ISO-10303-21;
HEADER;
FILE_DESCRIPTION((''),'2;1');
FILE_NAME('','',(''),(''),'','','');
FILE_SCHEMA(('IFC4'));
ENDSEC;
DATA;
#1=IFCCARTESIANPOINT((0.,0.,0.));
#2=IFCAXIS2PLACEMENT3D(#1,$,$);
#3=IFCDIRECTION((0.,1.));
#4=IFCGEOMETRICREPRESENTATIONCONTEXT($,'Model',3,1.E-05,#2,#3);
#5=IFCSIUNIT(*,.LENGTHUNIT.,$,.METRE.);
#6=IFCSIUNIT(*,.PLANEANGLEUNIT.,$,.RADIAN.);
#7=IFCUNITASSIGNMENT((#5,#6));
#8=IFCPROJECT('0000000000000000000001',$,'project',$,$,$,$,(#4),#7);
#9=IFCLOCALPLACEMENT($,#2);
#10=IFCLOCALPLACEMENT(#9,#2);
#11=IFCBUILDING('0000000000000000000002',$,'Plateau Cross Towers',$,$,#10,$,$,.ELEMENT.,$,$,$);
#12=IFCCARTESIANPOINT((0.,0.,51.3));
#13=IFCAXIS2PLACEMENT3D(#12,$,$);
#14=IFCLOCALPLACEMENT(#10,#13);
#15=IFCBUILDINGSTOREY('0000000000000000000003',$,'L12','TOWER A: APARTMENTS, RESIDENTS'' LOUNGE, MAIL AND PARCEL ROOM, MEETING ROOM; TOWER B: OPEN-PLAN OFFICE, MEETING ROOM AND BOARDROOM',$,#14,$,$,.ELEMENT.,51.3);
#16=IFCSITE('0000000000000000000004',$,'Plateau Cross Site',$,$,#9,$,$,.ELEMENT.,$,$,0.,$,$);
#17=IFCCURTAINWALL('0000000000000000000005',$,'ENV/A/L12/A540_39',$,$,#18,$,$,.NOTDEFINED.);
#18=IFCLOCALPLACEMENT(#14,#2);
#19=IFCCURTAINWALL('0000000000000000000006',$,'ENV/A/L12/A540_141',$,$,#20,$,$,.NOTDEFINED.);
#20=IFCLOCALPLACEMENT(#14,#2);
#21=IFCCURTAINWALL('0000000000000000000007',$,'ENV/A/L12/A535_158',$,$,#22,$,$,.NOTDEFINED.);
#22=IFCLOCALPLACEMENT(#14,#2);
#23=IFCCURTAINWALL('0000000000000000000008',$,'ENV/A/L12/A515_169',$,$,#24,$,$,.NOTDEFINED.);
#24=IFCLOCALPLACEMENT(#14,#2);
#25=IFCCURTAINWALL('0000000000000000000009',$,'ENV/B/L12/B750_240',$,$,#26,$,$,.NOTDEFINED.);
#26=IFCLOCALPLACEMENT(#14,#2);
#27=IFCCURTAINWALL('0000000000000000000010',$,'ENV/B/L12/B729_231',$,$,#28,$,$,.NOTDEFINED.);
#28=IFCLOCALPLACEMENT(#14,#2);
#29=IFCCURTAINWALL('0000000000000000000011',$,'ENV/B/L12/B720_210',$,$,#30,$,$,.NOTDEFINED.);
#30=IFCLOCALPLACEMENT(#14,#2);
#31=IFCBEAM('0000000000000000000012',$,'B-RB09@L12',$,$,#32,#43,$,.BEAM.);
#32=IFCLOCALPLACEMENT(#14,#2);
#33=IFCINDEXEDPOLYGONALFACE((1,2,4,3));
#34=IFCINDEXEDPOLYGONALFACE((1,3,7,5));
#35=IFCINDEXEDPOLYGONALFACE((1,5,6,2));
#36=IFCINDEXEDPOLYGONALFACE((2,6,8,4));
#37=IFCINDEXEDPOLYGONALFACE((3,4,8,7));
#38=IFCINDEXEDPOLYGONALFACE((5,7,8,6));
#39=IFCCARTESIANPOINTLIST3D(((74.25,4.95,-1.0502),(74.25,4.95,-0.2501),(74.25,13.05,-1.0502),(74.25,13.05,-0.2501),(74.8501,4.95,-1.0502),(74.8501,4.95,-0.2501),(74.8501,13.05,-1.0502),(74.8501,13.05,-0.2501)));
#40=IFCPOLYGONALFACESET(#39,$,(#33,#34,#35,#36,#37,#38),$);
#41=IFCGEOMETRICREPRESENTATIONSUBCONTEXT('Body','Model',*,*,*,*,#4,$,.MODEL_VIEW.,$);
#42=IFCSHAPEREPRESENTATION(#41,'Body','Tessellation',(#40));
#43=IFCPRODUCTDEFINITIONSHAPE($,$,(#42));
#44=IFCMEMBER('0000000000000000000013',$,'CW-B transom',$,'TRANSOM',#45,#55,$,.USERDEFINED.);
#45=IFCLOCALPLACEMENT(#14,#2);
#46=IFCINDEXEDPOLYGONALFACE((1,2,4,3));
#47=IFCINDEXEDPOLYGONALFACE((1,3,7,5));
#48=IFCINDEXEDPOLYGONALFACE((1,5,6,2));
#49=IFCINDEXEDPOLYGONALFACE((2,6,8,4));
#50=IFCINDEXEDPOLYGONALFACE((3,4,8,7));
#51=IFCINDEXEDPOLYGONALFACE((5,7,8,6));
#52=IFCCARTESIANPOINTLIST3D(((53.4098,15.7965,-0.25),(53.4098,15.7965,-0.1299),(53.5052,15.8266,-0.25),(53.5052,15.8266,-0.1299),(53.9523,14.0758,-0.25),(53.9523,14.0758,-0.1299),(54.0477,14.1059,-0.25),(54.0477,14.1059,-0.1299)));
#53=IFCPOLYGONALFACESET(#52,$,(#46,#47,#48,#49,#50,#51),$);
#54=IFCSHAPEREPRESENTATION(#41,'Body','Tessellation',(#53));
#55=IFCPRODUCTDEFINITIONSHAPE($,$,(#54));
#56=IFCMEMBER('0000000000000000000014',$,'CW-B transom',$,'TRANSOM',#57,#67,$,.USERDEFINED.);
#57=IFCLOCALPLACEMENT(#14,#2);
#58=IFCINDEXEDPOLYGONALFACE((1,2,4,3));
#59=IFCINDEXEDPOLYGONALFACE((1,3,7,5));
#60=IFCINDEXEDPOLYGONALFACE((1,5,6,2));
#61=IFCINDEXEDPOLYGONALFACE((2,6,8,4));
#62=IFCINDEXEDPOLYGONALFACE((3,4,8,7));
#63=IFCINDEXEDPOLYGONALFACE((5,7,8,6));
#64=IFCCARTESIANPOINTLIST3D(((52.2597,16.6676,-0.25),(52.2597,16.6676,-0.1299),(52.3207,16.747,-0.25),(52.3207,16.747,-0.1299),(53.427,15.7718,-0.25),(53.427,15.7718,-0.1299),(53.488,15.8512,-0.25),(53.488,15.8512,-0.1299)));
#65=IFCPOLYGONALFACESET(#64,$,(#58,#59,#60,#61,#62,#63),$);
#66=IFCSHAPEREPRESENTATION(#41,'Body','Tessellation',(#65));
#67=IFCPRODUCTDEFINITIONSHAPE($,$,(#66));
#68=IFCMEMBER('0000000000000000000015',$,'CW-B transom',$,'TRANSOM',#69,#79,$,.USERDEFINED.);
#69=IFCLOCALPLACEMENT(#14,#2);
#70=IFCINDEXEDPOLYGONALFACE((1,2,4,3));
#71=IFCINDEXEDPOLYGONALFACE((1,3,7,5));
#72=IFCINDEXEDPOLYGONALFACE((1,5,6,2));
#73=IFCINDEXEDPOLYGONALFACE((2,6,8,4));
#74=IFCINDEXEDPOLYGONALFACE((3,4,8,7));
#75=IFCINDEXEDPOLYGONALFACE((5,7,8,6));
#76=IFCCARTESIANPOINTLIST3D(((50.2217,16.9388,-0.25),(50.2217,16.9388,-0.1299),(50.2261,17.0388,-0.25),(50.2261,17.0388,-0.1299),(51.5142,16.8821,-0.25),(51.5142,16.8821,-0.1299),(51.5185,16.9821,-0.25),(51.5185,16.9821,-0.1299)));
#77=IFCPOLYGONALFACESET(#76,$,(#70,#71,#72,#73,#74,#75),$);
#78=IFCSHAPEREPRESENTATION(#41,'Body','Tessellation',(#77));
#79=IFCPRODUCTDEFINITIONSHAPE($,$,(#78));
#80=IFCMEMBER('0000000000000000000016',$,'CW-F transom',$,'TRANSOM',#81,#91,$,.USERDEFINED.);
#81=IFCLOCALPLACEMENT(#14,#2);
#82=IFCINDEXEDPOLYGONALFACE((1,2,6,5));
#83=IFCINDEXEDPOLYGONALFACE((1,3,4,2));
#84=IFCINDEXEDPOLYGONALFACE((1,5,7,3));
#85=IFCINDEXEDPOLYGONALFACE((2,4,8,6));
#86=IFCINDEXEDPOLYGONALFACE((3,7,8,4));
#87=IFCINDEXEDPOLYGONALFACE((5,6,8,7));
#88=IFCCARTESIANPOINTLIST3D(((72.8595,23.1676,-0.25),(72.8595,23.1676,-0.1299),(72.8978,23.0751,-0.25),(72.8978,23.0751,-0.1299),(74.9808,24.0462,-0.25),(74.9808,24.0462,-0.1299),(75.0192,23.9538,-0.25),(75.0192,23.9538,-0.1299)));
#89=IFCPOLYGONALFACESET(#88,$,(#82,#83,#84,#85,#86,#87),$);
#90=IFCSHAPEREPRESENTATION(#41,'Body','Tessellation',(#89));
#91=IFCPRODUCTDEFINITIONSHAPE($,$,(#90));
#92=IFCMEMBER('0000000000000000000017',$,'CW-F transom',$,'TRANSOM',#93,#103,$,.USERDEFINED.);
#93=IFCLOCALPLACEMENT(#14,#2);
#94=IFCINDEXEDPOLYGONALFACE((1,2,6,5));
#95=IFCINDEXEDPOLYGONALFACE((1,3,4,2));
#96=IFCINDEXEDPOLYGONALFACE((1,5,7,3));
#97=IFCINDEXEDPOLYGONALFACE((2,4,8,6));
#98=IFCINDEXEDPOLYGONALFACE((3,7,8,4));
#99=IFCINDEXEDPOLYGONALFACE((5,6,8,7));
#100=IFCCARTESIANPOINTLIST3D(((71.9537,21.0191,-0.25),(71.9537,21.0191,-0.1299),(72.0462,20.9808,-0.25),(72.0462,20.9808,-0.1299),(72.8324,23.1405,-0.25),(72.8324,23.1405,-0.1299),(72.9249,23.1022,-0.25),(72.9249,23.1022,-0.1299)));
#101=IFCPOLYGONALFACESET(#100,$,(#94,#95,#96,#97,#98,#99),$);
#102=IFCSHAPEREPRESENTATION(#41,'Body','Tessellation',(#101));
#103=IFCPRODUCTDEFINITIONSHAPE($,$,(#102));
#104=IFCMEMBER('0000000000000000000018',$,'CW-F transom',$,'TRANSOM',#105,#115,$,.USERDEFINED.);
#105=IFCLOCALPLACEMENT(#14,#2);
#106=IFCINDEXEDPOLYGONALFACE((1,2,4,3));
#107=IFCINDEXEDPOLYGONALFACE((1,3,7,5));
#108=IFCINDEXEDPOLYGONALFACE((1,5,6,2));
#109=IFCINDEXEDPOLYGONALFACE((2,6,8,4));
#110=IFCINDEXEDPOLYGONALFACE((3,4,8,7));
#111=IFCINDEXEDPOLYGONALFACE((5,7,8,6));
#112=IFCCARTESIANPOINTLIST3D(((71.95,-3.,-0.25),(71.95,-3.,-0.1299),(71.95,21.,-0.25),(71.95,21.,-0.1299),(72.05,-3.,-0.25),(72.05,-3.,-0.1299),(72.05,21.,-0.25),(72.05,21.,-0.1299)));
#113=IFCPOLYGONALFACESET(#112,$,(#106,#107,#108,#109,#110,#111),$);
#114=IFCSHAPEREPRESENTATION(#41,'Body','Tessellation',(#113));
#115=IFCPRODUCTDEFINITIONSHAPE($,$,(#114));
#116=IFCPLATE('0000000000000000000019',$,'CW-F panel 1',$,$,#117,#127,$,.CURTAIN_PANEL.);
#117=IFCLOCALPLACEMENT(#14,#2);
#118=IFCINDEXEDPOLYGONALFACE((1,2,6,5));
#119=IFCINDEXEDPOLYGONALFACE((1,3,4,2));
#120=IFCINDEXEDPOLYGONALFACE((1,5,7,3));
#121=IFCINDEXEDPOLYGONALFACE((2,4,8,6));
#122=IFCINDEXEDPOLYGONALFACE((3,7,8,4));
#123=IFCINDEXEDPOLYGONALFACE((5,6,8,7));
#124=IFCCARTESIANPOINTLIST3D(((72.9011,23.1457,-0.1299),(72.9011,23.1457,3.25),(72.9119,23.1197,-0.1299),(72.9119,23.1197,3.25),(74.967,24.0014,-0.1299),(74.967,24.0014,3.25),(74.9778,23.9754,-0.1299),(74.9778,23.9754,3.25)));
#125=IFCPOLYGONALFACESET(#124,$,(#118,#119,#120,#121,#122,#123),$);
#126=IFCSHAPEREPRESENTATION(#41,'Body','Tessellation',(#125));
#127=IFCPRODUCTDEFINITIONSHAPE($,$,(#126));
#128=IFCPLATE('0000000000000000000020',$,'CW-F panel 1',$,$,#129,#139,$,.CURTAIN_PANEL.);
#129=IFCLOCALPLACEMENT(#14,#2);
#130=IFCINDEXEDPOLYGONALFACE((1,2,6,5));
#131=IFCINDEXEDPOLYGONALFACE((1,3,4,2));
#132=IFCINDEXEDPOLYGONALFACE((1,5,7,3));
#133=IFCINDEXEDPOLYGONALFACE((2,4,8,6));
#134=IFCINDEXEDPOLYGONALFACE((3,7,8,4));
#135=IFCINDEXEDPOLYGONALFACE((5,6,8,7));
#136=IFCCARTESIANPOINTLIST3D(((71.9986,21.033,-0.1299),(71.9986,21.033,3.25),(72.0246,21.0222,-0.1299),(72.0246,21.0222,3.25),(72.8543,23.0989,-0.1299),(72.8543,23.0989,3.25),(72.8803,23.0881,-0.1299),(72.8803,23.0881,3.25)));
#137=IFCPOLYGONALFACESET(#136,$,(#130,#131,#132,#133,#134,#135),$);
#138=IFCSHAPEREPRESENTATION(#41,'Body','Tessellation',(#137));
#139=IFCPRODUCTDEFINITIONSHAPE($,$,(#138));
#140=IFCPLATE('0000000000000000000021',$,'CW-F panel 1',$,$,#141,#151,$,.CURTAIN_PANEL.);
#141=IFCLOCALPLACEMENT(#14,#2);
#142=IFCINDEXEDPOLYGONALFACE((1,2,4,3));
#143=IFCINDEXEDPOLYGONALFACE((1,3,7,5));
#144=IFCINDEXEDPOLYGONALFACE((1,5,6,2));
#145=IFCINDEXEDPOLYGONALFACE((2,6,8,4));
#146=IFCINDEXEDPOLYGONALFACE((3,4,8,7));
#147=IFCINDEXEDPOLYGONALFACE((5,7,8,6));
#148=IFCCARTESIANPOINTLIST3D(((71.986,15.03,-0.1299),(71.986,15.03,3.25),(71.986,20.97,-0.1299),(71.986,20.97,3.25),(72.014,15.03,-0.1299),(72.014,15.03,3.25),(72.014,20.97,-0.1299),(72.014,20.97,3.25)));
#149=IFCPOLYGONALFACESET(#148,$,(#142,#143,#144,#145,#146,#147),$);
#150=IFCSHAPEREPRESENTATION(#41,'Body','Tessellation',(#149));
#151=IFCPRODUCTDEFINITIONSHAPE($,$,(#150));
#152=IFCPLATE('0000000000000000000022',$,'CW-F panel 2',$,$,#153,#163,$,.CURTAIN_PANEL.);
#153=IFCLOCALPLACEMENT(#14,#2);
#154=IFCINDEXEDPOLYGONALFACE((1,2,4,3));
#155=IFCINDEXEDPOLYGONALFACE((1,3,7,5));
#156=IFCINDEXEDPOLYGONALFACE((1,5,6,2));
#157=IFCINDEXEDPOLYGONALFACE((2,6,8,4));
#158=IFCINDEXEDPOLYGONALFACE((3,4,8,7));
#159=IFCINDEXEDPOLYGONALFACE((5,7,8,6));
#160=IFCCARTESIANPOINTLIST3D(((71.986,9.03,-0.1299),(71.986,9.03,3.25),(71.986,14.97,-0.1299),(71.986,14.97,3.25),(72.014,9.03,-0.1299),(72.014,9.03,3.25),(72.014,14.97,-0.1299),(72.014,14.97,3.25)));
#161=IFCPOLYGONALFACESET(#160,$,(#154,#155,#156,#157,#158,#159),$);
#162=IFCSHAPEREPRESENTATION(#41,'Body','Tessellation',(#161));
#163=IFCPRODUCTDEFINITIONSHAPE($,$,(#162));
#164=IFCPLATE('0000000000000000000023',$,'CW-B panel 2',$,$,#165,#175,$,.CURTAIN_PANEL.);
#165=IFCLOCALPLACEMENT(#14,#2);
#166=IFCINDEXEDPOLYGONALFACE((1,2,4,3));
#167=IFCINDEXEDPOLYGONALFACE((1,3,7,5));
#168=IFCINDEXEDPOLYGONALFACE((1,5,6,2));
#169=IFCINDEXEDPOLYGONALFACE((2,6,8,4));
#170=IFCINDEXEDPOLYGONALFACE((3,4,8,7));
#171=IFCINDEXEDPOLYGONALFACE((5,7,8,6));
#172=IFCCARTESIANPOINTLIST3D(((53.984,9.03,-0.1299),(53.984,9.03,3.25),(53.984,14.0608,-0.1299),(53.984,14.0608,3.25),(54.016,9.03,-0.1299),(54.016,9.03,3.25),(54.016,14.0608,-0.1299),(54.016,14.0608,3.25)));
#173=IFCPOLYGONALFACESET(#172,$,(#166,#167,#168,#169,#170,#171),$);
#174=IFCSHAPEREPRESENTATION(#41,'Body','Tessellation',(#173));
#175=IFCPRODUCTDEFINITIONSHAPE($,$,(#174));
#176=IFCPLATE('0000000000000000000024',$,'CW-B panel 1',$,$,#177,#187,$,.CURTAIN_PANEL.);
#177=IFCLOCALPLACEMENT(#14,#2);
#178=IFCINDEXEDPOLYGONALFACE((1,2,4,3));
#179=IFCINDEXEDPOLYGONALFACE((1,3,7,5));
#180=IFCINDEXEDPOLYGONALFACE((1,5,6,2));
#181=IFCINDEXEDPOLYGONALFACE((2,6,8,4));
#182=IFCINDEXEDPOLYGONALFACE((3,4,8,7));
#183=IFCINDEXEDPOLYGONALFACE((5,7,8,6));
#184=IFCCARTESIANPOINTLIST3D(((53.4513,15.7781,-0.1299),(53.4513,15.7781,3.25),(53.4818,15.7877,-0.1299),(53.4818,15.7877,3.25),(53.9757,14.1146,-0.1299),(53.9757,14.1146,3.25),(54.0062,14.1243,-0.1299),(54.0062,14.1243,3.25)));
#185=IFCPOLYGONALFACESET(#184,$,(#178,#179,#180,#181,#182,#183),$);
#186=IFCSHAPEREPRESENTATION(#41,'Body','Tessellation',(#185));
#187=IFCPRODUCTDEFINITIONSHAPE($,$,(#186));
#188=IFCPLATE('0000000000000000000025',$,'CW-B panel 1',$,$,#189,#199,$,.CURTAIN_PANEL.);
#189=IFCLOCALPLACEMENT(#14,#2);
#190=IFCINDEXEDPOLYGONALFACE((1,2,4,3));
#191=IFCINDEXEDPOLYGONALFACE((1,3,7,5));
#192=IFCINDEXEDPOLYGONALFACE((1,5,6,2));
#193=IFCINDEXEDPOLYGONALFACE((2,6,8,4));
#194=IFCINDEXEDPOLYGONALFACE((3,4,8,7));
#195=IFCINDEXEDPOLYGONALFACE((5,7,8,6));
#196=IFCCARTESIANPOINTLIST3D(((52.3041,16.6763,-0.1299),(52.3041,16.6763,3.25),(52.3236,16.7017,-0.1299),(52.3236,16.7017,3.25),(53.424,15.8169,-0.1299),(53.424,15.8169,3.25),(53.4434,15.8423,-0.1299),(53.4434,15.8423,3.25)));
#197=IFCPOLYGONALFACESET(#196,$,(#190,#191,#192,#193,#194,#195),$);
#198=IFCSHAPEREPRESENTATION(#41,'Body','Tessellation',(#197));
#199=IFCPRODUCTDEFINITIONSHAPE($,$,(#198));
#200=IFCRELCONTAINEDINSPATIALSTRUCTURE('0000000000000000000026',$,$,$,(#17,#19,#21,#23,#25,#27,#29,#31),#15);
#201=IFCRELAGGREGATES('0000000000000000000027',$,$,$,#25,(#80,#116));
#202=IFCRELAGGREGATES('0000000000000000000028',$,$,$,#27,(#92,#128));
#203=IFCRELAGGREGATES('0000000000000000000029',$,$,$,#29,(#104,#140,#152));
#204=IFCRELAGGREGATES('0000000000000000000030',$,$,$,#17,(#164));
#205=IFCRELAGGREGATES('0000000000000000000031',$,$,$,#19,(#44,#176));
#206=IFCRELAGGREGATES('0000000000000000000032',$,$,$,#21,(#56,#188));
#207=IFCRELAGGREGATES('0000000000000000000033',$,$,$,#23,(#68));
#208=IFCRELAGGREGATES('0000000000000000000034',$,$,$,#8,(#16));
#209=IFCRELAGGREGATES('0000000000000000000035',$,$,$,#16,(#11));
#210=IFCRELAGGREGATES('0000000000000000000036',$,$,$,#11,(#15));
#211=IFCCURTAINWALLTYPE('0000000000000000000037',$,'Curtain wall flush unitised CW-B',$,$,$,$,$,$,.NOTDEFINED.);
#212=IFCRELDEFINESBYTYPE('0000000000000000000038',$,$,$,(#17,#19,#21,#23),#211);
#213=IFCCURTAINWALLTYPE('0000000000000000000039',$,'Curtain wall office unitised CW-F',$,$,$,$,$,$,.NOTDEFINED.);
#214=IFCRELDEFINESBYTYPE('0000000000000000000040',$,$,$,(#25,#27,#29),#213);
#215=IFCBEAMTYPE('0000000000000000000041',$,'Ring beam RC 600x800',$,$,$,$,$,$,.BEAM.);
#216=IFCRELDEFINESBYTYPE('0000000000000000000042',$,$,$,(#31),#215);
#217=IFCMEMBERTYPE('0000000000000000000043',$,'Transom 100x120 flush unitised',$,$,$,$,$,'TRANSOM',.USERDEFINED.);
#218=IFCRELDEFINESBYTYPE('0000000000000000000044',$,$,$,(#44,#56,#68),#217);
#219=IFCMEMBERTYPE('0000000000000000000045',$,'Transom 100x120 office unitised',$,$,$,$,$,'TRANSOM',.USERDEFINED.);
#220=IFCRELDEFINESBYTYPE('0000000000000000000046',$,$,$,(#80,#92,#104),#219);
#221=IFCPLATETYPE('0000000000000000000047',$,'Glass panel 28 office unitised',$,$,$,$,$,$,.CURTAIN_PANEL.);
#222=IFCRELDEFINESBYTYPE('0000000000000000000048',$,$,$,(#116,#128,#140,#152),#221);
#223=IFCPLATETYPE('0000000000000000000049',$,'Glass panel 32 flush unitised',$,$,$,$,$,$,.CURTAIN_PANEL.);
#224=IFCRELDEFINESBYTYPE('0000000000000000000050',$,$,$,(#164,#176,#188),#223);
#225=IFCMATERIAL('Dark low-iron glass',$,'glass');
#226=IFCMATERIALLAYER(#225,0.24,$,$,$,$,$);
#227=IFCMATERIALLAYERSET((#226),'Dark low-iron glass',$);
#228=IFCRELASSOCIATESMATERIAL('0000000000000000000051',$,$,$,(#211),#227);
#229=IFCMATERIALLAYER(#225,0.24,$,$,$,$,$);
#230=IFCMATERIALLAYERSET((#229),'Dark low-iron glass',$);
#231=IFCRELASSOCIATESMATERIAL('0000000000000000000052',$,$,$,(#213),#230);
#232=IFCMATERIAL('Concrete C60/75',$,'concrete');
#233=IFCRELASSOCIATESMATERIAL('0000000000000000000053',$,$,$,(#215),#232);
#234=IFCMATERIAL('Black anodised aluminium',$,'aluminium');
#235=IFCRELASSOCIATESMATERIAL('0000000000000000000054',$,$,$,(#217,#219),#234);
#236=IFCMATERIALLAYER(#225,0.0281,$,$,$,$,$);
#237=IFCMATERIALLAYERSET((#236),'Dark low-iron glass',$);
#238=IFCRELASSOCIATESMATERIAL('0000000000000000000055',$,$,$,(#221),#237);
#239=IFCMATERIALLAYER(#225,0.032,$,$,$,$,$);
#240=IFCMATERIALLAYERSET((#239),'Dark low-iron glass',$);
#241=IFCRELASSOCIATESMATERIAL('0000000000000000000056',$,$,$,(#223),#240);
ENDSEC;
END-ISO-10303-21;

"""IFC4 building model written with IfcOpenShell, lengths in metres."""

from ifc_helpers import new_model, si_unit, direction, frame, origin, origin_2d, place, context, subcontext, project, spatial, rectangle, extrude, material, layer, layer_set, material_profile, profile_set, type_object, element, aggregate, save


model = new_model("IFC4")

# Units and contexts
model_context = context("Model", 3, precision=1e-05, world=origin(), true_north=direction((0.0, 1.0)))
body_context = subcontext(model_context, "Body", "Model", "MODEL_VIEW")
ifc_project = project(units=[si_unit("LENGTHUNIT", "METRE"), si_unit("PLANEANGLEUNIT", "RADIAN")], contexts=[model_context])

# Site, building, storey
site_placement = place(None, origin())
site = spatial("IfcSite", under=ifc_project, at=site_placement, Name="Plateau Cross Site", CompositionType="ELEMENT", RefElevation=0.0)
building_placement = place(site_placement, origin())
building = spatial("IfcBuilding", under=site, at=building_placement, Name="Plateau Cross Towers", CompositionType="ELEMENT")
storey_placement = place(building_placement, frame((0.0, 0.0, 51.3)))
storey = spatial("IfcBuildingStorey", under=building, at=storey_placement, Name="L12", Description="TOWER A: APARTMENTS, RESIDENTS' LOUNGE, MAIL AND PARCEL ROOM, MEETING ROOM; TOWER B: OPEN-PLAN OFFICE, MEETING ROOM AND BOARDROOM", CompositionType="ELEMENT", Elevation=51.3)

# Shared definitions
ifc_material_1 = material(Name="Concrete C60/75", Category="concrete")

# Curtain walls
ifc_material_2 = material(Name="Dark low-iron glass", Category="glass")
ifc_layer_1 = layer(ifc_material_2, 0.24)
ifc_layer_set_1 = layer_set([ifc_layer_1], Name="Dark low-iron glass")
curtain_wall_type_1 = type_object("IfcCurtainWallType", Name="Curtain wall flush unitised CW-B", PredefinedType="NOTDEFINED", material=ifc_layer_set_1)
curtain_wall_1_placement = place(storey_placement, origin())
curtain_wall_1 = element("IfcCurtainWall", 1, at=curtain_wall_1_placement, inside=storey, type_object=curtain_wall_type_1, Name="ENV/A/L12/A540_39", PredefinedType="NOTDEFINED")
ifc_material_3 = material(Name="Black anodised aluminium", Category="aluminium")
curtain_wall_2_placement = place(storey_placement, origin())
curtain_wall_2 = element("IfcCurtainWall", 2, at=curtain_wall_2_placement, inside=storey, type_object=curtain_wall_type_1, Name="ENV/A/L12/A540_141", PredefinedType="NOTDEFINED")

# Curtain wall
curtain_wall_3_placement = place(storey_placement, origin())
curtain_wall_3 = element("IfcCurtainWall", 3, at=curtain_wall_3_placement, inside=storey, type_object=curtain_wall_type_1, Name="ENV/A/L12/A535_158", PredefinedType="NOTDEFINED")

# Curtain walls
curtain_wall_4_placement = place(storey_placement, origin())
curtain_wall_4 = element("IfcCurtainWall", 4, at=curtain_wall_4_placement, inside=storey, type_object=curtain_wall_type_1, Name="ENV/A/L12/A515_169", PredefinedType="NOTDEFINED")
ifc_layer_2 = layer(ifc_material_2, 0.24)
ifc_layer_set_2 = layer_set([ifc_layer_2], Name="Dark low-iron glass")
curtain_wall_type_2 = type_object("IfcCurtainWallType", Name="Curtain wall office unitised CW-F", PredefinedType="NOTDEFINED", material=ifc_layer_set_2)
curtain_wall_5_placement = place(storey_placement, origin())
curtain_wall_5 = element("IfcCurtainWall", 5, at=curtain_wall_5_placement, inside=storey, type_object=curtain_wall_type_2, Name="ENV/B/L12/B750_240", PredefinedType="NOTDEFINED")
curtain_wall_6_placement = place(storey_placement, origin())
curtain_wall_6 = element("IfcCurtainWall", 6, at=curtain_wall_6_placement, inside=storey, type_object=curtain_wall_type_2, Name="ENV/B/L12/B729_231", PredefinedType="NOTDEFINED")

# Curtain wall
curtain_wall_7_placement = place(storey_placement, origin())
curtain_wall_7 = element("IfcCurtainWall", 7, at=curtain_wall_7_placement, inside=storey, type_object=curtain_wall_type_2, Name="ENV/B/L12/B720_210", PredefinedType="NOTDEFINED")

# Beam
ifc_material_profile_1 = material_profile(ifc_material_1, rectangle(XDim=0.6001, YDim=0.8, at=origin_2d()), Name="RC 600x800")
ifc_profile_set_1 = profile_set([ifc_material_profile_1], Name="Concrete C60/75")
beam_type = type_object("IfcBeamType", Name="Ring beam RC 600x800", PredefinedType="BEAM", material=ifc_profile_set_1)
for number, where, z_axis, x_axis, name in (
    (8, (74.55, 13.05, -0.6501), (0.0, -1.0, 0.0), (1.0, 0.0, 0.0), "B-RB09@L12"),
):
    element("IfcBeam", number, at=place(storey_placement, frame(where, z_axis=z_axis, x_axis=x_axis)), inside=storey, type_object=beam_type, Name=name, PredefinedType="BEAM", context=body_context, shape_type="SweptSolid", body=[
        extrude(rectangle(XDim=0.6001, YDim=0.8, at=origin_2d()), origin(), (0.0, 0.0, 1.0), 8.1001),
    ])

# Members
ifc_material_profile_2 = material_profile(ifc_material_3, rectangle(XDim=0.1001, YDim=0.1201, at=origin_2d()), Name="TRANSOM 100x120")
ifc_profile_set_2 = profile_set([ifc_material_profile_2], Name="Black anodised aluminium")
member_type_1 = type_object("IfcMemberType", Name="Transom 100x120 flush unitised", ElementType="TRANSOM", PredefinedType="USERDEFINED", material=ifc_profile_set_2)
member_1_placement = place(storey_placement, frame((54.0, 14.0908, -0.1899), z_axis=(-0.300678, 0.953726, 0.0), x_axis=(-0.953726, -0.300678, 0.0)))
member_1 = element("IfcMember", 9, at=member_1_placement, type_object=member_type_1, Name="CW-B transom", ObjectType="TRANSOM", PredefinedType="USERDEFINED", context=body_context, shape_type="SweptSolid", body=[
    extrude(rectangle(XDim=0.1001, YDim=0.1201, at=origin_2d()), origin(), (0.0, 0.0, 1.0), 1.8042),
])
member_2_placement = place(storey_placement, frame((53.4575, 15.8115, -0.1899), z_axis=(-0.793321, 0.608804, 0.0), x_axis=(-0.608804, -0.793321, 0.0)))
member_2 = element("IfcMember", 10, at=member_2_placement, type_object=member_type_1, Name="CW-B transom", ObjectType="TRANSOM", PredefinedType="USERDEFINED", context=body_context, shape_type="SweptSolid", body=[
    extrude(rectangle(XDim=0.1001, YDim=0.1201, at=origin_2d()), origin(), (0.0, 0.0, 1.0), 1.4714),
])
member_3_placement = place(storey_placement, frame((51.5164, 16.9321, -0.1899), z_axis=(-0.999041, 0.043781, 0.0), x_axis=(-0.043781, -0.999041, 0.0)))
member_3 = element("IfcMember", 11, at=member_3_placement, type_object=member_type_1, Name="CW-B transom", ObjectType="TRANSOM", PredefinedType="USERDEFINED", context=body_context, shape_type="SweptSolid", body=[
    extrude(rectangle(XDim=0.1001, YDim=0.1201, at=origin_2d()), origin(), (0.0, 0.0, 1.0), 1.2937),
])
ifc_material_profile_3 = material_profile(ifc_material_3, rectangle(XDim=0.1001, YDim=0.1201, at=origin_2d()), Name="TRANSOM 100x120")
ifc_profile_set_3 = profile_set([ifc_material_profile_3], Name="Black anodised aluminium")
member_type_2 = type_object("IfcMemberType", Name="Transom 100x120 office unitised", ElementType="TRANSOM", PredefinedType="USERDEFINED", material=ifc_profile_set_3)
member_4_placement = place(storey_placement, frame((75.0, 24.0, -0.1899), z_axis=(-0.923883, -0.382674, 0.0), x_axis=(0.382674, -0.923883, 0.0)))
member_4 = element("IfcMember", 12, at=member_4_placement, type_object=member_type_2, Name="CW-F transom", ObjectType="TRANSOM", PredefinedType="USERDEFINED", context=body_context, shape_type="SweptSolid", body=[
    extrude(rectangle(XDim=0.1001, YDim=0.1201, at=origin_2d()), origin(), (0.0, 0.0, 1.0), 2.2961),
])
member_5_placement = place(storey_placement, frame((72.8787, 23.1213, -0.1899), z_axis=(-0.382674, -0.923883, 0.0), x_axis=(0.923883, -0.382674, 0.0)))
member_5 = element("IfcMember", 13, at=member_5_placement, type_object=member_type_2, Name="CW-F transom", ObjectType="TRANSOM", PredefinedType="USERDEFINED", context=body_context, shape_type="SweptSolid", body=[
    extrude(rectangle(XDim=0.1001, YDim=0.1201, at=origin_2d()), origin(), (0.0, 0.0, 1.0), 2.2961),
])
member_6_placement = place(storey_placement, frame((72.0, 21.0, -0.1899), z_axis=(0.0, -1.0, 0.0), x_axis=(1.0, 0.0, 0.0)))
member_6 = element("IfcMember", 14, at=member_6_placement, type_object=member_type_2, Name="CW-F transom", ObjectType="TRANSOM", PredefinedType="USERDEFINED", context=body_context, shape_type="SweptSolid", body=[
    extrude(rectangle(XDim=0.1001, YDim=0.1201, at=origin_2d()), origin(), (0.0, 0.0, 1.0), 24.0),
])

# Plates
ifc_layer_3 = layer(ifc_material_2, 0.0281)
ifc_layer_set_3 = layer_set([ifc_layer_3], Name="Dark low-iron glass")
plate_type_1 = type_object("IfcPlateType", Name="Glass panel 28 office unitised", PredefinedType="CURTAIN_PANEL", material=ifc_layer_set_3)
plate_1_placement = place(storey_placement, frame((73.9395, 23.5605, -0.1299), z_axis=(0.0, 0.0, 1.0), x_axis=(-0.923879, -0.382684, 0.0)))
plate_1 = element("IfcPlate", 15, at=plate_1_placement, type_object=plate_type_1, Name="CW-F panel 1", PredefinedType="CURTAIN_PANEL", context=body_context, shape_type="SweptSolid", body=[
    extrude(rectangle(XDim=2.2361, YDim=0.0281, at=origin_2d()), origin(), (0.0, 0.0, 1.0), 3.3799),
])
aggregate(curtain_wall_5, [member_4, plate_1])
plate_2_placement = place(storey_placement, frame((72.4395, 22.0605, -0.1299), z_axis=(0.0, 0.0, 1.0), x_axis=(-0.382684, -0.923879, 0.0)))
plate_2 = element("IfcPlate", 16, at=plate_2_placement, type_object=plate_type_1, Name="CW-F panel 1", PredefinedType="CURTAIN_PANEL", context=body_context, shape_type="SweptSolid", body=[
    extrude(rectangle(XDim=2.2361, YDim=0.0281, at=origin_2d()), origin(), (0.0, 0.0, 1.0), 3.3799),
])
aggregate(curtain_wall_6, [member_5, plate_2])
plate_3_placement = place(storey_placement, frame((72.0, 18.0, -0.1299), z_axis=(0.0, 0.0, 1.0), x_axis=(0.0, -1.0, 0.0)))
plate_3 = element("IfcPlate", 17, at=plate_3_placement, type_object=plate_type_1, Name="CW-F panel 1", PredefinedType="CURTAIN_PANEL", context=body_context, shape_type="SweptSolid", body=[
    extrude(rectangle(XDim=5.9399, YDim=0.0281, at=origin_2d()), origin(), (0.0, 0.0, 1.0), 3.3799),
])
plate_4_placement = place(storey_placement, frame((72.0, 12.0, -0.1299), z_axis=(0.0, 0.0, 1.0), x_axis=(0.0, -1.0, 0.0)))
plate_4 = element("IfcPlate", 18, at=plate_4_placement, type_object=plate_type_1, Name="CW-F panel 2", PredefinedType="CURTAIN_PANEL", context=body_context, shape_type="SweptSolid", body=[
    extrude(rectangle(XDim=5.9399, YDim=0.0281, at=origin_2d()), origin(), (0.0, 0.0, 1.0), 3.3799),
])
aggregate(curtain_wall_7, [member_6, plate_3, plate_4])
ifc_layer_4 = layer(ifc_material_2, 0.032)
ifc_layer_set_4 = layer_set([ifc_layer_4], Name="Dark low-iron glass")
plate_type_2 = type_object("IfcPlateType", Name="Glass panel 32 flush unitised", PredefinedType="CURTAIN_PANEL", material=ifc_layer_set_4)
plate_5_placement = place(storey_placement, frame((54.0, 11.5454, -0.1299), z_axis=(0.0, 0.0, 1.0), x_axis=(0.0, 1.0, 0.0)))
plate_5 = element("IfcPlate", 19, at=plate_5_placement, type_object=plate_type_2, Name="CW-B panel 2", PredefinedType="CURTAIN_PANEL", context=body_context, shape_type="SweptSolid", body=[
    extrude(rectangle(XDim=5.0308, YDim=0.032, at=origin_2d()), origin(), (0.0, 0.0, 1.0), 3.3799),
])
aggregate(curtain_wall_1, [plate_5])
plate_6_placement = place(storey_placement, frame((53.7288, 14.9512, -0.1299), z_axis=(0.0, 0.0, 1.0), x_axis=(-0.300686, 0.953723, 0.0)))
plate_6 = element("IfcPlate", 20, at=plate_6_placement, type_object=plate_type_2, Name="CW-B panel 1", PredefinedType="CURTAIN_PANEL", context=body_context, shape_type="SweptSolid", body=[
    extrude(rectangle(XDim=1.7441, YDim=0.032, at=origin_2d()), origin(), (0.0, 0.0, 1.0), 3.3799),
])
aggregate(curtain_wall_2, [member_1, plate_6])
plate_7_placement = place(storey_placement, frame((52.8738, 16.2593, -0.1299), z_axis=(0.0, 0.0, 1.0), x_axis=(-0.793316, 0.608811, 0.0)))
plate_7 = element("IfcPlate", 21, at=plate_7_placement, type_object=plate_type_2, Name="CW-B panel 1", PredefinedType="CURTAIN_PANEL", context=body_context, shape_type="SweptSolid", body=[
    extrude(rectangle(XDim=1.4116, YDim=0.032, at=origin_2d()), origin(), (0.0, 0.0, 1.0), 3.3799),
])
aggregate(curtain_wall_3, [member_2, plate_7])
aggregate(curtain_wall_4, [member_3])

save(model, "model.ifc")
